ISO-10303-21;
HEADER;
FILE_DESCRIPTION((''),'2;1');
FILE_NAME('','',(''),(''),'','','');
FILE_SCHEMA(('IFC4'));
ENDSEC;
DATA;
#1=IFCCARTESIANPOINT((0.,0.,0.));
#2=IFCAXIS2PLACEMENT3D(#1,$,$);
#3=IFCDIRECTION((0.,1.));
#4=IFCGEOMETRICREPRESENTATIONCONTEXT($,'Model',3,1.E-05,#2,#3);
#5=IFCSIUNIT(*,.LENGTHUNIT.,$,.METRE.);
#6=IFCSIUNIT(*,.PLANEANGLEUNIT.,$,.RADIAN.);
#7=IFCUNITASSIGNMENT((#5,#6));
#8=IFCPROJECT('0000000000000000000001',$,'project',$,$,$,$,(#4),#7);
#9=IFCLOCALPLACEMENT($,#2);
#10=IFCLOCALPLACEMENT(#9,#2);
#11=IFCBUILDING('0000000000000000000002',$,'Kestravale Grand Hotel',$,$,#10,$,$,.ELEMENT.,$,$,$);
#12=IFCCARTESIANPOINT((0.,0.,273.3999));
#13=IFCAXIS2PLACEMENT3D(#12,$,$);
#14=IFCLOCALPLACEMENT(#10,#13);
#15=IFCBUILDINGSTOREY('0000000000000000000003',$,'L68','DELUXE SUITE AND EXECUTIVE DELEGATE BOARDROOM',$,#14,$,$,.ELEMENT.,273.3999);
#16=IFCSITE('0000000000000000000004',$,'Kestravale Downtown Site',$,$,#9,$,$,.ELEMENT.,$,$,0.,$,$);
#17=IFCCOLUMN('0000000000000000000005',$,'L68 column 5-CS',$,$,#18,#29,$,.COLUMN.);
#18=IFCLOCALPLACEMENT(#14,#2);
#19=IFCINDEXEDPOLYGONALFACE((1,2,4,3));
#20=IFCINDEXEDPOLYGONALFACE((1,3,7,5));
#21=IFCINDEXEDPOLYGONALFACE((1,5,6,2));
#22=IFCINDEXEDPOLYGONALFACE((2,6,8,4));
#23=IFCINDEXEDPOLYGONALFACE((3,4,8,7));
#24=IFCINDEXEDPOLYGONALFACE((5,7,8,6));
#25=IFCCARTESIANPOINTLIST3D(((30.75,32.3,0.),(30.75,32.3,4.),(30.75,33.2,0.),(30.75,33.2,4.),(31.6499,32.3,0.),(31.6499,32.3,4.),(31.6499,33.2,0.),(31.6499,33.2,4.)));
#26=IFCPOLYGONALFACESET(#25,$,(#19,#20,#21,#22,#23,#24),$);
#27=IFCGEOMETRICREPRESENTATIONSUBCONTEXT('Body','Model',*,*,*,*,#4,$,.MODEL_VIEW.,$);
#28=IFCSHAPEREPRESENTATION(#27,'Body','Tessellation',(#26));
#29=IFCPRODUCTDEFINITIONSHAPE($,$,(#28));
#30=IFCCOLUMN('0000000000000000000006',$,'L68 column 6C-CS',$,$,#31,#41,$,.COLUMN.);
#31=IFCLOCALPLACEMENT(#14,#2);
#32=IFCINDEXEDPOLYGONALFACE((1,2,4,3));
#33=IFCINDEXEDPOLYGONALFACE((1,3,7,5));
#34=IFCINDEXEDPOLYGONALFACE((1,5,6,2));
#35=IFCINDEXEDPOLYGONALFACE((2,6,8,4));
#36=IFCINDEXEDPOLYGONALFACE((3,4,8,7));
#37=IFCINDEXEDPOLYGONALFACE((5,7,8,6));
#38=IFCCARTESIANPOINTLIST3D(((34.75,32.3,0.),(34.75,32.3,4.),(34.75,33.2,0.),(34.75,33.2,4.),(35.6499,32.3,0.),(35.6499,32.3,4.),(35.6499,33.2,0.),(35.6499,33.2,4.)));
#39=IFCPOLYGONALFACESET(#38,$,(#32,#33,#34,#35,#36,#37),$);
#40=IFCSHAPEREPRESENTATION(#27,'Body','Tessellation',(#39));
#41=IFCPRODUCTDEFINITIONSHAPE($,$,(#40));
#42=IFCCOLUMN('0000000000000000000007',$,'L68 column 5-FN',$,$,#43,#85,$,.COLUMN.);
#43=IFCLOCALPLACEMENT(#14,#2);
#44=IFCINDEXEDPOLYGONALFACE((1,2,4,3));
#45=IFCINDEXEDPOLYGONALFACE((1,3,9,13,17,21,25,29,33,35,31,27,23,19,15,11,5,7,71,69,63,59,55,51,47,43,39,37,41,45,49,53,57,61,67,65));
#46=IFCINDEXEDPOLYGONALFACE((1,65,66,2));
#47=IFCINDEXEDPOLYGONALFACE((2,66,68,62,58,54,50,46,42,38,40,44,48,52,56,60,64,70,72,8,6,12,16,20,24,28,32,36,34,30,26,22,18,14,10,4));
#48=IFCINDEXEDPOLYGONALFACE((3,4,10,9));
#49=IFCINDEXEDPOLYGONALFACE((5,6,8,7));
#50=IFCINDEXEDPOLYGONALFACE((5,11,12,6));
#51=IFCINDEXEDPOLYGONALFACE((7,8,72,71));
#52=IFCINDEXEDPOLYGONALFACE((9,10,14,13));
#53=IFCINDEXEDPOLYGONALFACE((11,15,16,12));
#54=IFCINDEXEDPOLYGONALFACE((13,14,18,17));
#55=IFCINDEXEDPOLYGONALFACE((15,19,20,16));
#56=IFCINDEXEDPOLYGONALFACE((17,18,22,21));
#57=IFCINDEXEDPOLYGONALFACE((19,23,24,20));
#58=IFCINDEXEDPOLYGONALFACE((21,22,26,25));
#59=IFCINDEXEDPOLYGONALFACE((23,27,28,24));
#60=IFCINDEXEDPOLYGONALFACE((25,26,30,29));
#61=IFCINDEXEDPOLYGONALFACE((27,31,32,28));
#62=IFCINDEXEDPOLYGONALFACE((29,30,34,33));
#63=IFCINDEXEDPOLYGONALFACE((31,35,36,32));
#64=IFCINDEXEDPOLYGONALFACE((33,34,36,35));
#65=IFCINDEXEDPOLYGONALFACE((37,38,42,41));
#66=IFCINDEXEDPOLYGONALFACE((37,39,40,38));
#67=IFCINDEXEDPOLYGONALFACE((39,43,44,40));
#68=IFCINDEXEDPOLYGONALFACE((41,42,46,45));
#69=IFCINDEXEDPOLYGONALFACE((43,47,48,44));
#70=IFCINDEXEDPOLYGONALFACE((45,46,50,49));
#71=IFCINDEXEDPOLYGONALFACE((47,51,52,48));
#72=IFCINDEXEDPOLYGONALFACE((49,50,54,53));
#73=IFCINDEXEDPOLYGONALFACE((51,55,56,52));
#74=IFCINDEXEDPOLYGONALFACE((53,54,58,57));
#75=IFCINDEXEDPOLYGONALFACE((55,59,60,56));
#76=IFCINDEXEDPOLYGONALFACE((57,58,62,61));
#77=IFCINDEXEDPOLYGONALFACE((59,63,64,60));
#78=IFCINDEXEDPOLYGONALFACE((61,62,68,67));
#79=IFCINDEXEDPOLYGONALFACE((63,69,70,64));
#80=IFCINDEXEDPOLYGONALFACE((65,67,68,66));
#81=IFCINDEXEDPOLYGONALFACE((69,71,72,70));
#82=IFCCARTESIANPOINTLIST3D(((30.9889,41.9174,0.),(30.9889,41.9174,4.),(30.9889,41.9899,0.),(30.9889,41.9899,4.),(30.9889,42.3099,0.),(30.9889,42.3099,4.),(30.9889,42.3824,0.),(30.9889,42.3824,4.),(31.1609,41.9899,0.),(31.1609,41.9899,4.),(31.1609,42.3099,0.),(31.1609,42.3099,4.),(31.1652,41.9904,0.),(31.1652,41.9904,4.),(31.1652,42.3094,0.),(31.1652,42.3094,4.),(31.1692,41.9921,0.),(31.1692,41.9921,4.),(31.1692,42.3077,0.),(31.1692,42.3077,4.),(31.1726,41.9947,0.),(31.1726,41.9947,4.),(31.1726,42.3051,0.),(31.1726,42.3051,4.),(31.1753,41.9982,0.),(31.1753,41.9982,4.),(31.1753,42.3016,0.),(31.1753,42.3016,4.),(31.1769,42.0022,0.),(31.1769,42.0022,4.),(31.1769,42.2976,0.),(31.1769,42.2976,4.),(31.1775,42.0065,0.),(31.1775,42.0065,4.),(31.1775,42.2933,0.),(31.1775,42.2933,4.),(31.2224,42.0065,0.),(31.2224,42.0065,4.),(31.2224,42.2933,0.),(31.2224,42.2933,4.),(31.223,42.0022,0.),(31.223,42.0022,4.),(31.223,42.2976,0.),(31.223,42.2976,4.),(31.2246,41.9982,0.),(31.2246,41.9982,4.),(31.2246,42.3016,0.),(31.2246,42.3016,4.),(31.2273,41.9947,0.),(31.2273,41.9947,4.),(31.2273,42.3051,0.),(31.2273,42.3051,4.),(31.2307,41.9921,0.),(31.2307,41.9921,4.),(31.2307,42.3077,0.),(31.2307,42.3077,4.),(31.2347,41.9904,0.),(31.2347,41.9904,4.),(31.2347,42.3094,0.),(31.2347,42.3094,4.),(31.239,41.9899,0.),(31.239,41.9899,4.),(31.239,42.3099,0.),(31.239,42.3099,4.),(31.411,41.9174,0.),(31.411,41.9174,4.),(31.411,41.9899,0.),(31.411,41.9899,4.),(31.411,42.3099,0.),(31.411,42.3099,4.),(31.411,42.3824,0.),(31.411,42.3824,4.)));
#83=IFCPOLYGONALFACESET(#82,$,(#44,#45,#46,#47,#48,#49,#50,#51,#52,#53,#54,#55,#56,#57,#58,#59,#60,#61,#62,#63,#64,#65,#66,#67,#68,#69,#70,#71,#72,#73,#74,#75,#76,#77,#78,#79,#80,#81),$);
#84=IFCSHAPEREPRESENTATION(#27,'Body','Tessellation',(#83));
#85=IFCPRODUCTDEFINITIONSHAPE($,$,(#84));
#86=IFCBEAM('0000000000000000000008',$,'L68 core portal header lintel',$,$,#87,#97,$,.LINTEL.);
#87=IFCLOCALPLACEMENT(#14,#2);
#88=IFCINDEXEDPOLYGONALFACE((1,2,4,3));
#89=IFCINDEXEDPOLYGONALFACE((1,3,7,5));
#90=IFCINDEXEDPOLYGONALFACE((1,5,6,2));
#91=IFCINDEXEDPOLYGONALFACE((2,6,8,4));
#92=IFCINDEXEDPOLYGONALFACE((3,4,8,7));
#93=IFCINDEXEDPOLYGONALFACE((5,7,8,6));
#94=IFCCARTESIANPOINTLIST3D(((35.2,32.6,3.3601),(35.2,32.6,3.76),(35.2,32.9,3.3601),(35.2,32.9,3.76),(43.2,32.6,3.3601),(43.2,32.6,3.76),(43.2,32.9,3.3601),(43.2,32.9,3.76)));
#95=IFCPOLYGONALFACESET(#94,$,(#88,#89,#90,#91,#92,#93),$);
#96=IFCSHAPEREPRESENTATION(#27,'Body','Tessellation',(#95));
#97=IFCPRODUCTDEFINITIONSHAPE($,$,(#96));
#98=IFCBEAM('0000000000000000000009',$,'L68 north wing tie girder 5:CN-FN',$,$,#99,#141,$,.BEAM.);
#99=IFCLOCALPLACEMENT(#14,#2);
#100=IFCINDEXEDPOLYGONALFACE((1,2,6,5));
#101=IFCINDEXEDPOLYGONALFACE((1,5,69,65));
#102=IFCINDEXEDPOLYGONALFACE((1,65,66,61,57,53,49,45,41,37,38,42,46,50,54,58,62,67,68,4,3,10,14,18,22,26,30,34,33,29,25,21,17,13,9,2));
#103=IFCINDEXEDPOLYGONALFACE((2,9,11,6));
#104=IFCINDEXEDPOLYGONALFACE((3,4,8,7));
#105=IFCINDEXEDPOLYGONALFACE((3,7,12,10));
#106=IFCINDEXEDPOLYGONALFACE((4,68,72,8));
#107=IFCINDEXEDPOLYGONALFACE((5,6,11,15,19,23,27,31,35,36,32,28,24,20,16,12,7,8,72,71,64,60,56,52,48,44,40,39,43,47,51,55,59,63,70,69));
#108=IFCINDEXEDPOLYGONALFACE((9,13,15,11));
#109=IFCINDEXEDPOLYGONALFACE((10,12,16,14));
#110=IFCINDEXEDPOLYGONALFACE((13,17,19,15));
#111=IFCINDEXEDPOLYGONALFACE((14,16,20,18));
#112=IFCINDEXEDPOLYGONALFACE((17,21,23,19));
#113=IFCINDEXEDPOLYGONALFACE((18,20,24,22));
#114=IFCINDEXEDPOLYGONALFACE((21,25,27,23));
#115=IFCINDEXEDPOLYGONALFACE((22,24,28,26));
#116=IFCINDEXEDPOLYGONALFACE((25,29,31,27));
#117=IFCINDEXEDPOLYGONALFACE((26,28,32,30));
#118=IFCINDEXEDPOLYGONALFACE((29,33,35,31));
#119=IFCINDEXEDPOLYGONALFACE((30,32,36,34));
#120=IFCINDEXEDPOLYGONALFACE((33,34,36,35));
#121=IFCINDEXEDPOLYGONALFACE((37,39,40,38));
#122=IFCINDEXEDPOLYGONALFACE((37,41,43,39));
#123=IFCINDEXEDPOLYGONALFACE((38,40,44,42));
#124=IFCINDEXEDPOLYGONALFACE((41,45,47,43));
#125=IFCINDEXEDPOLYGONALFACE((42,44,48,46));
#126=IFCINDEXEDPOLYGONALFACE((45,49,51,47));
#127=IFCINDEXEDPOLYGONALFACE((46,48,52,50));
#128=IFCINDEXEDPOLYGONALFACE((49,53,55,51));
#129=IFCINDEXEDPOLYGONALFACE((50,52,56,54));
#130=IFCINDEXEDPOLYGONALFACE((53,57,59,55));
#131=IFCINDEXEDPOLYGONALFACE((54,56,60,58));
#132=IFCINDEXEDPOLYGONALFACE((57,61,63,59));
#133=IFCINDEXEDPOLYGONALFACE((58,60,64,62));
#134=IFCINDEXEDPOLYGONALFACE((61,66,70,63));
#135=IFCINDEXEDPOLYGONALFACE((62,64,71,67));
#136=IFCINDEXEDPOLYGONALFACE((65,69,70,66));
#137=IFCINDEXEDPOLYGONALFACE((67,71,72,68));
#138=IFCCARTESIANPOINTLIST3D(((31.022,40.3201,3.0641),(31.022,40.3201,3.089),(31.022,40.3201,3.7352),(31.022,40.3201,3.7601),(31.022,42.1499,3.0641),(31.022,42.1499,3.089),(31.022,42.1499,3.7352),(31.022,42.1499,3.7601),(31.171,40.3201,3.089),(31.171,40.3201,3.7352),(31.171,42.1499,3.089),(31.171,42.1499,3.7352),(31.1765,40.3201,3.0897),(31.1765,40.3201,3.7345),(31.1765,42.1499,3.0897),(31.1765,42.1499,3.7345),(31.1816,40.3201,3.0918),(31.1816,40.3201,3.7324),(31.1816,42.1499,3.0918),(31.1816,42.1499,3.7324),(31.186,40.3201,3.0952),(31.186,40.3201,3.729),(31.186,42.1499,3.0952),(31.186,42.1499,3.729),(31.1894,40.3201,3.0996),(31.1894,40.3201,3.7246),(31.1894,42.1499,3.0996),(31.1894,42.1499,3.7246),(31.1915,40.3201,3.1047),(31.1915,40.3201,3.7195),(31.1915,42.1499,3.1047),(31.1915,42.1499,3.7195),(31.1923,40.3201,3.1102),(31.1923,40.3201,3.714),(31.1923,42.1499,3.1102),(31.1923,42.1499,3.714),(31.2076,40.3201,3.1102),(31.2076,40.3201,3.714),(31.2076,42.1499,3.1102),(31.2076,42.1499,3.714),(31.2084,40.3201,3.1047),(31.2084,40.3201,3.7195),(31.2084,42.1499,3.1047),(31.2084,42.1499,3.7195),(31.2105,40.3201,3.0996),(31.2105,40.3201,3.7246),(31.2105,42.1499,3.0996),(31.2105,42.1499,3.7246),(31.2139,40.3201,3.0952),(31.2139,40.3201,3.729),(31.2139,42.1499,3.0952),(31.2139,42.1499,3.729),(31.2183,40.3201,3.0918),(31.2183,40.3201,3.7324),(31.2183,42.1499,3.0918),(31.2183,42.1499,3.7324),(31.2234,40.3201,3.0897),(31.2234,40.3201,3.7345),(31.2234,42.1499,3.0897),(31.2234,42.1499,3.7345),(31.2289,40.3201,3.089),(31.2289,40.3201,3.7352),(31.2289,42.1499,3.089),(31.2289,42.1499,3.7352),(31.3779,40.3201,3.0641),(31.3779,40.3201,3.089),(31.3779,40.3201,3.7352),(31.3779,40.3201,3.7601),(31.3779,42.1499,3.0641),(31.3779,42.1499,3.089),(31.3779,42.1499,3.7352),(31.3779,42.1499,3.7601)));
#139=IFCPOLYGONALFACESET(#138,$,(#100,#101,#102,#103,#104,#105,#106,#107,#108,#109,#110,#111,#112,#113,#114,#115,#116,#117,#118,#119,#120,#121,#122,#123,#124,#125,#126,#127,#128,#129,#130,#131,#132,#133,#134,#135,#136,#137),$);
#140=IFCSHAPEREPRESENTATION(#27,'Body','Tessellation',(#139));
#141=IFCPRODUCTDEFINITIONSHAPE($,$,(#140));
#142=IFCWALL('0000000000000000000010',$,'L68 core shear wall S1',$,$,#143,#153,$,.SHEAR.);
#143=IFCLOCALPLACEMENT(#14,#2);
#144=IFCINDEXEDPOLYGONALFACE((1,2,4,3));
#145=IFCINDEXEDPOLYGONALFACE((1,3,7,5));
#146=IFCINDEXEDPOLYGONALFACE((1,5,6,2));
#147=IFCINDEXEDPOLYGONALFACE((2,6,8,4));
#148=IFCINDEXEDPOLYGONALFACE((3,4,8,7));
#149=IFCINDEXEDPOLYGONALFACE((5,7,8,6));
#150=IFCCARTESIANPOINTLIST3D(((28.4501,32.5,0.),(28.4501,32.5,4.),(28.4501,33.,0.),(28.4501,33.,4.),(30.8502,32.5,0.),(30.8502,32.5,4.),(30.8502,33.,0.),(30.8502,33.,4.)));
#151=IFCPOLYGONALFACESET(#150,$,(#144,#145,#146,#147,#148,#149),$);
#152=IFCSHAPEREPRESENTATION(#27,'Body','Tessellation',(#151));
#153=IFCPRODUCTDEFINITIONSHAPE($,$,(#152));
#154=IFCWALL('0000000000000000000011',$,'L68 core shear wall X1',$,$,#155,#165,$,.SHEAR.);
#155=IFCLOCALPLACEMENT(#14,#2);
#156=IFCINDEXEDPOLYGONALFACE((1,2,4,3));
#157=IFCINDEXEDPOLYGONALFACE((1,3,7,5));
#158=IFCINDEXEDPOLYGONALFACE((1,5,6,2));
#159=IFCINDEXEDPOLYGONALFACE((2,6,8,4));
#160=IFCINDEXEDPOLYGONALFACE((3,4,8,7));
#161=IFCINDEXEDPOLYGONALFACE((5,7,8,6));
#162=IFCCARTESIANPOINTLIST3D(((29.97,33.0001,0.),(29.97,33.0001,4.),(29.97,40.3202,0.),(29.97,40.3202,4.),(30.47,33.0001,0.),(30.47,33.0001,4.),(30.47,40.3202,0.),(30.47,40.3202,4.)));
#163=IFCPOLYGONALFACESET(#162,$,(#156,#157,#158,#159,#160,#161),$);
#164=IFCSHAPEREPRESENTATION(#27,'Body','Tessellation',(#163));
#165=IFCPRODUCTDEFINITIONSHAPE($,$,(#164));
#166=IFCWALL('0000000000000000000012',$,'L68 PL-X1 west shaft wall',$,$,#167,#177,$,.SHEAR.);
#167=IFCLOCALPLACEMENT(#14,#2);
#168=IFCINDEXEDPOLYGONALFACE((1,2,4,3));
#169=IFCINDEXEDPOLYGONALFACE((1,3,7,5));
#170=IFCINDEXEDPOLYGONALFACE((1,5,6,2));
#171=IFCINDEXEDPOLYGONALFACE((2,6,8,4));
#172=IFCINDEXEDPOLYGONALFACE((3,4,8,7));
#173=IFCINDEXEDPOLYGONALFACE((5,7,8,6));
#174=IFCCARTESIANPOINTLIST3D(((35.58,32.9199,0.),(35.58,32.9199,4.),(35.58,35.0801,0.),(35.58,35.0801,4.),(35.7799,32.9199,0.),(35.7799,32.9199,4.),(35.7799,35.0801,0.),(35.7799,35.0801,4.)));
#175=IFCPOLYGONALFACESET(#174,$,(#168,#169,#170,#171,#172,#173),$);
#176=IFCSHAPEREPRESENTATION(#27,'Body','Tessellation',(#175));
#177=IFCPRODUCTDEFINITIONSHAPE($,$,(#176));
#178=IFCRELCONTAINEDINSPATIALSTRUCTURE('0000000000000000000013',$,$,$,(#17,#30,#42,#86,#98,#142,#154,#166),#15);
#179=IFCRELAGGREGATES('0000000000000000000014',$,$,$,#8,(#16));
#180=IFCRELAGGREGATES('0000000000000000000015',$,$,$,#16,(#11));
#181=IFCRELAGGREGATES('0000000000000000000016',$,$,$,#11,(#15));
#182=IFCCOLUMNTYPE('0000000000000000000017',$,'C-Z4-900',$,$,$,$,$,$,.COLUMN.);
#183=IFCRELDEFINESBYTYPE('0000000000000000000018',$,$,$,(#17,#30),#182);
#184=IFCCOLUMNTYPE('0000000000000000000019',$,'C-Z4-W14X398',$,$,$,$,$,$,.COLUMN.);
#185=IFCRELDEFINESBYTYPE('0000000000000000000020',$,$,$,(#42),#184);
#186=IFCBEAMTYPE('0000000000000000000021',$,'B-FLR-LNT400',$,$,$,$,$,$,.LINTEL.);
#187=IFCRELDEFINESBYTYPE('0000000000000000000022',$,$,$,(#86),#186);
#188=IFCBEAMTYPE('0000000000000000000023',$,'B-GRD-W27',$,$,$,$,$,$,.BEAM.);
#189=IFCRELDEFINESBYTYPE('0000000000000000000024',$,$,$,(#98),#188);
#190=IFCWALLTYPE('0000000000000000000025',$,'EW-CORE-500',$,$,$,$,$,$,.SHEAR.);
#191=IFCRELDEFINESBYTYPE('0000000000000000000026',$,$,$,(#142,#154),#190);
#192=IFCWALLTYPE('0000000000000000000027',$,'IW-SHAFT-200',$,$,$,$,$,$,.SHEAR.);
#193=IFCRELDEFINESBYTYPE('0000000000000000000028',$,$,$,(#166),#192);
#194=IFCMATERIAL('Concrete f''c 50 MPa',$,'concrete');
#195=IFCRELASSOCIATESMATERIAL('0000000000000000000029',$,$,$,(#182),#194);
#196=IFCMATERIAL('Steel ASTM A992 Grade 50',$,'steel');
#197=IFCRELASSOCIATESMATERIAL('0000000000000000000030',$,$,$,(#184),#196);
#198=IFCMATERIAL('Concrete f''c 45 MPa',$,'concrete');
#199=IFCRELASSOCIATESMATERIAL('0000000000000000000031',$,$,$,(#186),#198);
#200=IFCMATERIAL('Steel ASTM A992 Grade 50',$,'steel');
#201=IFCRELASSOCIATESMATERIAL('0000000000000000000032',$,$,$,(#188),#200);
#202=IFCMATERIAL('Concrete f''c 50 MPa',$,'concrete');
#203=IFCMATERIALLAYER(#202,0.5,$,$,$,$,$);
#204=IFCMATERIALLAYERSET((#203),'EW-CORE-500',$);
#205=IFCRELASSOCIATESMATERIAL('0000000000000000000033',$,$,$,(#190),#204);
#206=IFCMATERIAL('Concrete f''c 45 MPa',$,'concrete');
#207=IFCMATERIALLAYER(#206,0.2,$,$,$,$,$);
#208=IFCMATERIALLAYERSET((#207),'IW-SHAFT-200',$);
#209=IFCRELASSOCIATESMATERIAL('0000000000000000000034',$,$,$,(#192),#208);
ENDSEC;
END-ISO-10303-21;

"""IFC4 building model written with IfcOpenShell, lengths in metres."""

from ifc_helpers import new_model, si_unit, direction, frame, frame_2d, origin, origin_2d, place, context, subcontext, project, spatial, rectangle, i_section, extrude, material, layer, layer_set, material_profile, profile_set, type_object, element, save


model = new_model("IFC4")

# Units and contexts
model_context = context("Model", 3, precision=1e-05, world=origin(), true_north=direction((0.0, 1.0)))
body_context = subcontext(model_context, "Body", "Model", "MODEL_VIEW")
ifc_project = project(units=[si_unit("LENGTHUNIT", "METRE"), si_unit("PLANEANGLEUNIT", "RADIAN")], contexts=[model_context])

# Site, building, storey
site_placement = place(None, origin())
site = spatial("IfcSite", under=ifc_project, at=site_placement, Name="Kestravale Downtown Site", CompositionType="ELEMENT", RefElevation=0.0)
building_placement = place(site_placement, origin())
building = spatial("IfcBuilding", under=site, at=building_placement, Name="Kestravale Grand Hotel", CompositionType="ELEMENT")
storey_placement = place(building_placement, frame((0.0, 0.0, 273.3999)))
storey = spatial("IfcBuildingStorey", under=building, at=storey_placement, Name="L68", Description="DELUXE SUITE AND EXECUTIVE DELEGATE BOARDROOM", CompositionType="ELEMENT", Elevation=273.3999)

# Columns
ifc_material_1 = material(Name="Concrete f'c 50 MPa", Category="concrete")
ifc_material_profile_1 = material_profile(ifc_material_1, rectangle(XDim=0.8999, YDim=0.8999, at=origin_2d()))
ifc_profile_set_1 = profile_set([ifc_material_profile_1], Name="Concrete f'c 50 MPa")
column_type_1 = type_object("IfcColumnType", Name="C-Z4-900", PredefinedType="COLUMN", material=ifc_profile_set_1)
for number, where, z_axis, x_axis, name in (
    (1, (31.2, 32.75, 0.0), (0.0, 0.0, 1.0), (1.0, 0.0, 0.0), "L68 column 5-CS"),
    (2, (35.2, 32.75, 0.0), (0.0, 0.0, 1.0), (1.0, 0.0, 0.0), "L68 column 6C-CS"),
):
    element("IfcColumn", number, at=place(storey_placement, frame(where, z_axis=z_axis, x_axis=x_axis)), inside=storey, type_object=column_type_1, Name=name, PredefinedType="COLUMN", context=body_context, shape_type="SweptSolid", body=[
        extrude(rectangle(XDim=0.8999, YDim=0.8999, at=origin_2d()), origin(), (0.0, 0.0, 1.0), 4.0),
    ])
ifc_material_2 = material(Name="Steel ASTM A992 Grade 50", Category="steel")
ifc_material_profile_2 = material_profile(ifc_material_2, i_section(OverallWidth=0.4221, OverallDepth=0.4651, WebThickness=0.0449, FlangeThickness=0.0725, FilletRadius=0.0166, at=origin_2d()))
ifc_profile_set_2 = profile_set([ifc_material_profile_2], Name="Steel ASTM A992 Grade 50")
column_type_2 = type_object("IfcColumnType", Name="C-Z4-W14X398", PredefinedType="COLUMN", material=ifc_profile_set_2)
column_placement = place(storey_placement, frame((31.2, 42.1499, 0.0), z_axis=(0.0, 0.0, 1.0), x_axis=(1.0, 0.0, 0.0)))
element("IfcColumn", 3, at=column_placement, inside=storey, type_object=column_type_2, Name="L68 column 5-FN", PredefinedType="COLUMN", context=body_context, shape_type="SweptSolid", body=[
    extrude(i_section(OverallWidth=0.4221, OverallDepth=0.4651, WebThickness=0.0449, FlangeThickness=0.0725, FilletRadius=0.0166, at=origin_2d()), origin(), (0.0, 0.0, 1.0), 4.0),
])

# Beams
ifc_material_3 = material(Name="Concrete f'c 45 MPa", Category="concrete")
ifc_material_profile_3 = material_profile(ifc_material_3, rectangle(XDim=0.3, YDim=0.3999, at=origin_2d()))
ifc_profile_set_3 = profile_set([ifc_material_profile_3], Name="Concrete f'c 45 MPa")
beam_type_1 = type_object("IfcBeamType", Name="B-FLR-LNT400", PredefinedType="LINTEL", material=ifc_profile_set_3)
beam_1_placement = place(storey_placement, frame((35.2, 32.75, 3.5601), z_axis=(1.0, 0.0, 0.0), x_axis=(0.0, 1.0, 0.0)))
element("IfcBeam", 4, at=beam_1_placement, inside=storey, type_object=beam_type_1, Name="L68 core portal header lintel", PredefinedType="LINTEL", context=body_context, shape_type="SweptSolid", body=[
    extrude(rectangle(XDim=0.3, YDim=0.3999, at=origin_2d()), origin(), (0.0, 0.0, 1.0), 8.0),
])
ifc_material_4 = material(Name="Steel ASTM A992 Grade 50", Category="steel")
ifc_material_profile_4 = material_profile(ifc_material_4, i_section(OverallWidth=0.356, OverallDepth=0.696, WebThickness=0.0154, FlangeThickness=0.0249, FilletRadius=0.0212, at=origin_2d()))
ifc_profile_set_4 = profile_set([ifc_material_profile_4], Name="Steel ASTM A992 Grade 50")
beam_type_2 = type_object("IfcBeamType", Name="B-GRD-W27", PredefinedType="BEAM", material=ifc_profile_set_4)
beam_2_placement = place(storey_placement, frame((31.2, 40.3201, 3.4121), z_axis=(0.0, 1.0, 0.0), x_axis=(-1.0, 0.0, 0.0)))
element("IfcBeam", 5, at=beam_2_placement, inside=storey, type_object=beam_type_2, Name="L68 north wing tie girder 5:CN-FN", PredefinedType="BEAM", context=body_context, shape_type="SweptSolid", body=[
    extrude(i_section(OverallWidth=0.356, OverallDepth=0.696, WebThickness=0.0154, FlangeThickness=0.0249, FilletRadius=0.0212, at=origin_2d()), origin(), (0.0, 0.0, 1.0), 1.8298),
])

# Walls
ifc_material_5 = material(Name="Concrete f'c 50 MPa", Category="concrete")
ifc_layer_1 = layer(ifc_material_5, 0.5)
ifc_layer_set_1 = layer_set([ifc_layer_1], Name="EW-CORE-500")
wall_type_1 = type_object("IfcWallType", Name="EW-CORE-500", PredefinedType="SHEAR", material=ifc_layer_set_1)
wall_1_placement = place(storey_placement, frame((28.45, 32.75, 0.0), z_axis=(0.0, 0.0, 1.0), x_axis=(1.0, 0.0, 0.0)))
element("IfcWall", 6, at=wall_1_placement, inside=storey, type_object=wall_type_1, Name="L68 core shear wall S1", PredefinedType="SHEAR", context=body_context, shape_type="SweptSolid", body=[
    extrude(rectangle(XDim=2.4001, YDim=0.5, at=frame_2d((1.2002, 0.0))), origin(), (0.0, 0.0, 1.0), 4.0),
])
wall_2_placement = place(storey_placement, frame((30.22, 33.0, 0.0), z_axis=(0.0, 0.0, 1.0), x_axis=(0.0, 1.0, 0.0)))
element("IfcWall", 7, at=wall_2_placement, inside=storey, type_object=wall_type_1, Name="L68 core shear wall X1", PredefinedType="SHEAR", context=body_context, shape_type="SweptSolid", body=[
    extrude(rectangle(XDim=7.3201, YDim=0.5, at=frame_2d((3.6602, 0.0))), origin(), (0.0, 0.0, 1.0), 4.0),
])

# Wall
ifc_material_6 = material(Name="Concrete f'c 45 MPa", Category="concrete")
ifc_layer_2 = layer(ifc_material_6, 0.2)
ifc_layer_set_2 = layer_set([ifc_layer_2], Name="IW-SHAFT-200")
wall_type_2 = type_object("IfcWallType", Name="IW-SHAFT-200", PredefinedType="SHEAR", material=ifc_layer_set_2)
wall_3_placement = place(storey_placement, frame((35.6799, 32.9199, 0.0), z_axis=(0.0, 0.0, 1.0), x_axis=(0.0, 1.0, 0.0)))
element("IfcWall", 8, at=wall_3_placement, inside=storey, type_object=wall_type_2, Name="L68 PL-X1 west shaft wall", PredefinedType="SHEAR", context=body_context, shape_type="SweptSolid", body=[
    extrude(rectangle(XDim=2.1602, YDim=0.2, at=frame_2d((1.0801, 0.0))), origin(), (0.0, 0.0, 1.0), 4.0),
])

save(model, "model.ifc")
